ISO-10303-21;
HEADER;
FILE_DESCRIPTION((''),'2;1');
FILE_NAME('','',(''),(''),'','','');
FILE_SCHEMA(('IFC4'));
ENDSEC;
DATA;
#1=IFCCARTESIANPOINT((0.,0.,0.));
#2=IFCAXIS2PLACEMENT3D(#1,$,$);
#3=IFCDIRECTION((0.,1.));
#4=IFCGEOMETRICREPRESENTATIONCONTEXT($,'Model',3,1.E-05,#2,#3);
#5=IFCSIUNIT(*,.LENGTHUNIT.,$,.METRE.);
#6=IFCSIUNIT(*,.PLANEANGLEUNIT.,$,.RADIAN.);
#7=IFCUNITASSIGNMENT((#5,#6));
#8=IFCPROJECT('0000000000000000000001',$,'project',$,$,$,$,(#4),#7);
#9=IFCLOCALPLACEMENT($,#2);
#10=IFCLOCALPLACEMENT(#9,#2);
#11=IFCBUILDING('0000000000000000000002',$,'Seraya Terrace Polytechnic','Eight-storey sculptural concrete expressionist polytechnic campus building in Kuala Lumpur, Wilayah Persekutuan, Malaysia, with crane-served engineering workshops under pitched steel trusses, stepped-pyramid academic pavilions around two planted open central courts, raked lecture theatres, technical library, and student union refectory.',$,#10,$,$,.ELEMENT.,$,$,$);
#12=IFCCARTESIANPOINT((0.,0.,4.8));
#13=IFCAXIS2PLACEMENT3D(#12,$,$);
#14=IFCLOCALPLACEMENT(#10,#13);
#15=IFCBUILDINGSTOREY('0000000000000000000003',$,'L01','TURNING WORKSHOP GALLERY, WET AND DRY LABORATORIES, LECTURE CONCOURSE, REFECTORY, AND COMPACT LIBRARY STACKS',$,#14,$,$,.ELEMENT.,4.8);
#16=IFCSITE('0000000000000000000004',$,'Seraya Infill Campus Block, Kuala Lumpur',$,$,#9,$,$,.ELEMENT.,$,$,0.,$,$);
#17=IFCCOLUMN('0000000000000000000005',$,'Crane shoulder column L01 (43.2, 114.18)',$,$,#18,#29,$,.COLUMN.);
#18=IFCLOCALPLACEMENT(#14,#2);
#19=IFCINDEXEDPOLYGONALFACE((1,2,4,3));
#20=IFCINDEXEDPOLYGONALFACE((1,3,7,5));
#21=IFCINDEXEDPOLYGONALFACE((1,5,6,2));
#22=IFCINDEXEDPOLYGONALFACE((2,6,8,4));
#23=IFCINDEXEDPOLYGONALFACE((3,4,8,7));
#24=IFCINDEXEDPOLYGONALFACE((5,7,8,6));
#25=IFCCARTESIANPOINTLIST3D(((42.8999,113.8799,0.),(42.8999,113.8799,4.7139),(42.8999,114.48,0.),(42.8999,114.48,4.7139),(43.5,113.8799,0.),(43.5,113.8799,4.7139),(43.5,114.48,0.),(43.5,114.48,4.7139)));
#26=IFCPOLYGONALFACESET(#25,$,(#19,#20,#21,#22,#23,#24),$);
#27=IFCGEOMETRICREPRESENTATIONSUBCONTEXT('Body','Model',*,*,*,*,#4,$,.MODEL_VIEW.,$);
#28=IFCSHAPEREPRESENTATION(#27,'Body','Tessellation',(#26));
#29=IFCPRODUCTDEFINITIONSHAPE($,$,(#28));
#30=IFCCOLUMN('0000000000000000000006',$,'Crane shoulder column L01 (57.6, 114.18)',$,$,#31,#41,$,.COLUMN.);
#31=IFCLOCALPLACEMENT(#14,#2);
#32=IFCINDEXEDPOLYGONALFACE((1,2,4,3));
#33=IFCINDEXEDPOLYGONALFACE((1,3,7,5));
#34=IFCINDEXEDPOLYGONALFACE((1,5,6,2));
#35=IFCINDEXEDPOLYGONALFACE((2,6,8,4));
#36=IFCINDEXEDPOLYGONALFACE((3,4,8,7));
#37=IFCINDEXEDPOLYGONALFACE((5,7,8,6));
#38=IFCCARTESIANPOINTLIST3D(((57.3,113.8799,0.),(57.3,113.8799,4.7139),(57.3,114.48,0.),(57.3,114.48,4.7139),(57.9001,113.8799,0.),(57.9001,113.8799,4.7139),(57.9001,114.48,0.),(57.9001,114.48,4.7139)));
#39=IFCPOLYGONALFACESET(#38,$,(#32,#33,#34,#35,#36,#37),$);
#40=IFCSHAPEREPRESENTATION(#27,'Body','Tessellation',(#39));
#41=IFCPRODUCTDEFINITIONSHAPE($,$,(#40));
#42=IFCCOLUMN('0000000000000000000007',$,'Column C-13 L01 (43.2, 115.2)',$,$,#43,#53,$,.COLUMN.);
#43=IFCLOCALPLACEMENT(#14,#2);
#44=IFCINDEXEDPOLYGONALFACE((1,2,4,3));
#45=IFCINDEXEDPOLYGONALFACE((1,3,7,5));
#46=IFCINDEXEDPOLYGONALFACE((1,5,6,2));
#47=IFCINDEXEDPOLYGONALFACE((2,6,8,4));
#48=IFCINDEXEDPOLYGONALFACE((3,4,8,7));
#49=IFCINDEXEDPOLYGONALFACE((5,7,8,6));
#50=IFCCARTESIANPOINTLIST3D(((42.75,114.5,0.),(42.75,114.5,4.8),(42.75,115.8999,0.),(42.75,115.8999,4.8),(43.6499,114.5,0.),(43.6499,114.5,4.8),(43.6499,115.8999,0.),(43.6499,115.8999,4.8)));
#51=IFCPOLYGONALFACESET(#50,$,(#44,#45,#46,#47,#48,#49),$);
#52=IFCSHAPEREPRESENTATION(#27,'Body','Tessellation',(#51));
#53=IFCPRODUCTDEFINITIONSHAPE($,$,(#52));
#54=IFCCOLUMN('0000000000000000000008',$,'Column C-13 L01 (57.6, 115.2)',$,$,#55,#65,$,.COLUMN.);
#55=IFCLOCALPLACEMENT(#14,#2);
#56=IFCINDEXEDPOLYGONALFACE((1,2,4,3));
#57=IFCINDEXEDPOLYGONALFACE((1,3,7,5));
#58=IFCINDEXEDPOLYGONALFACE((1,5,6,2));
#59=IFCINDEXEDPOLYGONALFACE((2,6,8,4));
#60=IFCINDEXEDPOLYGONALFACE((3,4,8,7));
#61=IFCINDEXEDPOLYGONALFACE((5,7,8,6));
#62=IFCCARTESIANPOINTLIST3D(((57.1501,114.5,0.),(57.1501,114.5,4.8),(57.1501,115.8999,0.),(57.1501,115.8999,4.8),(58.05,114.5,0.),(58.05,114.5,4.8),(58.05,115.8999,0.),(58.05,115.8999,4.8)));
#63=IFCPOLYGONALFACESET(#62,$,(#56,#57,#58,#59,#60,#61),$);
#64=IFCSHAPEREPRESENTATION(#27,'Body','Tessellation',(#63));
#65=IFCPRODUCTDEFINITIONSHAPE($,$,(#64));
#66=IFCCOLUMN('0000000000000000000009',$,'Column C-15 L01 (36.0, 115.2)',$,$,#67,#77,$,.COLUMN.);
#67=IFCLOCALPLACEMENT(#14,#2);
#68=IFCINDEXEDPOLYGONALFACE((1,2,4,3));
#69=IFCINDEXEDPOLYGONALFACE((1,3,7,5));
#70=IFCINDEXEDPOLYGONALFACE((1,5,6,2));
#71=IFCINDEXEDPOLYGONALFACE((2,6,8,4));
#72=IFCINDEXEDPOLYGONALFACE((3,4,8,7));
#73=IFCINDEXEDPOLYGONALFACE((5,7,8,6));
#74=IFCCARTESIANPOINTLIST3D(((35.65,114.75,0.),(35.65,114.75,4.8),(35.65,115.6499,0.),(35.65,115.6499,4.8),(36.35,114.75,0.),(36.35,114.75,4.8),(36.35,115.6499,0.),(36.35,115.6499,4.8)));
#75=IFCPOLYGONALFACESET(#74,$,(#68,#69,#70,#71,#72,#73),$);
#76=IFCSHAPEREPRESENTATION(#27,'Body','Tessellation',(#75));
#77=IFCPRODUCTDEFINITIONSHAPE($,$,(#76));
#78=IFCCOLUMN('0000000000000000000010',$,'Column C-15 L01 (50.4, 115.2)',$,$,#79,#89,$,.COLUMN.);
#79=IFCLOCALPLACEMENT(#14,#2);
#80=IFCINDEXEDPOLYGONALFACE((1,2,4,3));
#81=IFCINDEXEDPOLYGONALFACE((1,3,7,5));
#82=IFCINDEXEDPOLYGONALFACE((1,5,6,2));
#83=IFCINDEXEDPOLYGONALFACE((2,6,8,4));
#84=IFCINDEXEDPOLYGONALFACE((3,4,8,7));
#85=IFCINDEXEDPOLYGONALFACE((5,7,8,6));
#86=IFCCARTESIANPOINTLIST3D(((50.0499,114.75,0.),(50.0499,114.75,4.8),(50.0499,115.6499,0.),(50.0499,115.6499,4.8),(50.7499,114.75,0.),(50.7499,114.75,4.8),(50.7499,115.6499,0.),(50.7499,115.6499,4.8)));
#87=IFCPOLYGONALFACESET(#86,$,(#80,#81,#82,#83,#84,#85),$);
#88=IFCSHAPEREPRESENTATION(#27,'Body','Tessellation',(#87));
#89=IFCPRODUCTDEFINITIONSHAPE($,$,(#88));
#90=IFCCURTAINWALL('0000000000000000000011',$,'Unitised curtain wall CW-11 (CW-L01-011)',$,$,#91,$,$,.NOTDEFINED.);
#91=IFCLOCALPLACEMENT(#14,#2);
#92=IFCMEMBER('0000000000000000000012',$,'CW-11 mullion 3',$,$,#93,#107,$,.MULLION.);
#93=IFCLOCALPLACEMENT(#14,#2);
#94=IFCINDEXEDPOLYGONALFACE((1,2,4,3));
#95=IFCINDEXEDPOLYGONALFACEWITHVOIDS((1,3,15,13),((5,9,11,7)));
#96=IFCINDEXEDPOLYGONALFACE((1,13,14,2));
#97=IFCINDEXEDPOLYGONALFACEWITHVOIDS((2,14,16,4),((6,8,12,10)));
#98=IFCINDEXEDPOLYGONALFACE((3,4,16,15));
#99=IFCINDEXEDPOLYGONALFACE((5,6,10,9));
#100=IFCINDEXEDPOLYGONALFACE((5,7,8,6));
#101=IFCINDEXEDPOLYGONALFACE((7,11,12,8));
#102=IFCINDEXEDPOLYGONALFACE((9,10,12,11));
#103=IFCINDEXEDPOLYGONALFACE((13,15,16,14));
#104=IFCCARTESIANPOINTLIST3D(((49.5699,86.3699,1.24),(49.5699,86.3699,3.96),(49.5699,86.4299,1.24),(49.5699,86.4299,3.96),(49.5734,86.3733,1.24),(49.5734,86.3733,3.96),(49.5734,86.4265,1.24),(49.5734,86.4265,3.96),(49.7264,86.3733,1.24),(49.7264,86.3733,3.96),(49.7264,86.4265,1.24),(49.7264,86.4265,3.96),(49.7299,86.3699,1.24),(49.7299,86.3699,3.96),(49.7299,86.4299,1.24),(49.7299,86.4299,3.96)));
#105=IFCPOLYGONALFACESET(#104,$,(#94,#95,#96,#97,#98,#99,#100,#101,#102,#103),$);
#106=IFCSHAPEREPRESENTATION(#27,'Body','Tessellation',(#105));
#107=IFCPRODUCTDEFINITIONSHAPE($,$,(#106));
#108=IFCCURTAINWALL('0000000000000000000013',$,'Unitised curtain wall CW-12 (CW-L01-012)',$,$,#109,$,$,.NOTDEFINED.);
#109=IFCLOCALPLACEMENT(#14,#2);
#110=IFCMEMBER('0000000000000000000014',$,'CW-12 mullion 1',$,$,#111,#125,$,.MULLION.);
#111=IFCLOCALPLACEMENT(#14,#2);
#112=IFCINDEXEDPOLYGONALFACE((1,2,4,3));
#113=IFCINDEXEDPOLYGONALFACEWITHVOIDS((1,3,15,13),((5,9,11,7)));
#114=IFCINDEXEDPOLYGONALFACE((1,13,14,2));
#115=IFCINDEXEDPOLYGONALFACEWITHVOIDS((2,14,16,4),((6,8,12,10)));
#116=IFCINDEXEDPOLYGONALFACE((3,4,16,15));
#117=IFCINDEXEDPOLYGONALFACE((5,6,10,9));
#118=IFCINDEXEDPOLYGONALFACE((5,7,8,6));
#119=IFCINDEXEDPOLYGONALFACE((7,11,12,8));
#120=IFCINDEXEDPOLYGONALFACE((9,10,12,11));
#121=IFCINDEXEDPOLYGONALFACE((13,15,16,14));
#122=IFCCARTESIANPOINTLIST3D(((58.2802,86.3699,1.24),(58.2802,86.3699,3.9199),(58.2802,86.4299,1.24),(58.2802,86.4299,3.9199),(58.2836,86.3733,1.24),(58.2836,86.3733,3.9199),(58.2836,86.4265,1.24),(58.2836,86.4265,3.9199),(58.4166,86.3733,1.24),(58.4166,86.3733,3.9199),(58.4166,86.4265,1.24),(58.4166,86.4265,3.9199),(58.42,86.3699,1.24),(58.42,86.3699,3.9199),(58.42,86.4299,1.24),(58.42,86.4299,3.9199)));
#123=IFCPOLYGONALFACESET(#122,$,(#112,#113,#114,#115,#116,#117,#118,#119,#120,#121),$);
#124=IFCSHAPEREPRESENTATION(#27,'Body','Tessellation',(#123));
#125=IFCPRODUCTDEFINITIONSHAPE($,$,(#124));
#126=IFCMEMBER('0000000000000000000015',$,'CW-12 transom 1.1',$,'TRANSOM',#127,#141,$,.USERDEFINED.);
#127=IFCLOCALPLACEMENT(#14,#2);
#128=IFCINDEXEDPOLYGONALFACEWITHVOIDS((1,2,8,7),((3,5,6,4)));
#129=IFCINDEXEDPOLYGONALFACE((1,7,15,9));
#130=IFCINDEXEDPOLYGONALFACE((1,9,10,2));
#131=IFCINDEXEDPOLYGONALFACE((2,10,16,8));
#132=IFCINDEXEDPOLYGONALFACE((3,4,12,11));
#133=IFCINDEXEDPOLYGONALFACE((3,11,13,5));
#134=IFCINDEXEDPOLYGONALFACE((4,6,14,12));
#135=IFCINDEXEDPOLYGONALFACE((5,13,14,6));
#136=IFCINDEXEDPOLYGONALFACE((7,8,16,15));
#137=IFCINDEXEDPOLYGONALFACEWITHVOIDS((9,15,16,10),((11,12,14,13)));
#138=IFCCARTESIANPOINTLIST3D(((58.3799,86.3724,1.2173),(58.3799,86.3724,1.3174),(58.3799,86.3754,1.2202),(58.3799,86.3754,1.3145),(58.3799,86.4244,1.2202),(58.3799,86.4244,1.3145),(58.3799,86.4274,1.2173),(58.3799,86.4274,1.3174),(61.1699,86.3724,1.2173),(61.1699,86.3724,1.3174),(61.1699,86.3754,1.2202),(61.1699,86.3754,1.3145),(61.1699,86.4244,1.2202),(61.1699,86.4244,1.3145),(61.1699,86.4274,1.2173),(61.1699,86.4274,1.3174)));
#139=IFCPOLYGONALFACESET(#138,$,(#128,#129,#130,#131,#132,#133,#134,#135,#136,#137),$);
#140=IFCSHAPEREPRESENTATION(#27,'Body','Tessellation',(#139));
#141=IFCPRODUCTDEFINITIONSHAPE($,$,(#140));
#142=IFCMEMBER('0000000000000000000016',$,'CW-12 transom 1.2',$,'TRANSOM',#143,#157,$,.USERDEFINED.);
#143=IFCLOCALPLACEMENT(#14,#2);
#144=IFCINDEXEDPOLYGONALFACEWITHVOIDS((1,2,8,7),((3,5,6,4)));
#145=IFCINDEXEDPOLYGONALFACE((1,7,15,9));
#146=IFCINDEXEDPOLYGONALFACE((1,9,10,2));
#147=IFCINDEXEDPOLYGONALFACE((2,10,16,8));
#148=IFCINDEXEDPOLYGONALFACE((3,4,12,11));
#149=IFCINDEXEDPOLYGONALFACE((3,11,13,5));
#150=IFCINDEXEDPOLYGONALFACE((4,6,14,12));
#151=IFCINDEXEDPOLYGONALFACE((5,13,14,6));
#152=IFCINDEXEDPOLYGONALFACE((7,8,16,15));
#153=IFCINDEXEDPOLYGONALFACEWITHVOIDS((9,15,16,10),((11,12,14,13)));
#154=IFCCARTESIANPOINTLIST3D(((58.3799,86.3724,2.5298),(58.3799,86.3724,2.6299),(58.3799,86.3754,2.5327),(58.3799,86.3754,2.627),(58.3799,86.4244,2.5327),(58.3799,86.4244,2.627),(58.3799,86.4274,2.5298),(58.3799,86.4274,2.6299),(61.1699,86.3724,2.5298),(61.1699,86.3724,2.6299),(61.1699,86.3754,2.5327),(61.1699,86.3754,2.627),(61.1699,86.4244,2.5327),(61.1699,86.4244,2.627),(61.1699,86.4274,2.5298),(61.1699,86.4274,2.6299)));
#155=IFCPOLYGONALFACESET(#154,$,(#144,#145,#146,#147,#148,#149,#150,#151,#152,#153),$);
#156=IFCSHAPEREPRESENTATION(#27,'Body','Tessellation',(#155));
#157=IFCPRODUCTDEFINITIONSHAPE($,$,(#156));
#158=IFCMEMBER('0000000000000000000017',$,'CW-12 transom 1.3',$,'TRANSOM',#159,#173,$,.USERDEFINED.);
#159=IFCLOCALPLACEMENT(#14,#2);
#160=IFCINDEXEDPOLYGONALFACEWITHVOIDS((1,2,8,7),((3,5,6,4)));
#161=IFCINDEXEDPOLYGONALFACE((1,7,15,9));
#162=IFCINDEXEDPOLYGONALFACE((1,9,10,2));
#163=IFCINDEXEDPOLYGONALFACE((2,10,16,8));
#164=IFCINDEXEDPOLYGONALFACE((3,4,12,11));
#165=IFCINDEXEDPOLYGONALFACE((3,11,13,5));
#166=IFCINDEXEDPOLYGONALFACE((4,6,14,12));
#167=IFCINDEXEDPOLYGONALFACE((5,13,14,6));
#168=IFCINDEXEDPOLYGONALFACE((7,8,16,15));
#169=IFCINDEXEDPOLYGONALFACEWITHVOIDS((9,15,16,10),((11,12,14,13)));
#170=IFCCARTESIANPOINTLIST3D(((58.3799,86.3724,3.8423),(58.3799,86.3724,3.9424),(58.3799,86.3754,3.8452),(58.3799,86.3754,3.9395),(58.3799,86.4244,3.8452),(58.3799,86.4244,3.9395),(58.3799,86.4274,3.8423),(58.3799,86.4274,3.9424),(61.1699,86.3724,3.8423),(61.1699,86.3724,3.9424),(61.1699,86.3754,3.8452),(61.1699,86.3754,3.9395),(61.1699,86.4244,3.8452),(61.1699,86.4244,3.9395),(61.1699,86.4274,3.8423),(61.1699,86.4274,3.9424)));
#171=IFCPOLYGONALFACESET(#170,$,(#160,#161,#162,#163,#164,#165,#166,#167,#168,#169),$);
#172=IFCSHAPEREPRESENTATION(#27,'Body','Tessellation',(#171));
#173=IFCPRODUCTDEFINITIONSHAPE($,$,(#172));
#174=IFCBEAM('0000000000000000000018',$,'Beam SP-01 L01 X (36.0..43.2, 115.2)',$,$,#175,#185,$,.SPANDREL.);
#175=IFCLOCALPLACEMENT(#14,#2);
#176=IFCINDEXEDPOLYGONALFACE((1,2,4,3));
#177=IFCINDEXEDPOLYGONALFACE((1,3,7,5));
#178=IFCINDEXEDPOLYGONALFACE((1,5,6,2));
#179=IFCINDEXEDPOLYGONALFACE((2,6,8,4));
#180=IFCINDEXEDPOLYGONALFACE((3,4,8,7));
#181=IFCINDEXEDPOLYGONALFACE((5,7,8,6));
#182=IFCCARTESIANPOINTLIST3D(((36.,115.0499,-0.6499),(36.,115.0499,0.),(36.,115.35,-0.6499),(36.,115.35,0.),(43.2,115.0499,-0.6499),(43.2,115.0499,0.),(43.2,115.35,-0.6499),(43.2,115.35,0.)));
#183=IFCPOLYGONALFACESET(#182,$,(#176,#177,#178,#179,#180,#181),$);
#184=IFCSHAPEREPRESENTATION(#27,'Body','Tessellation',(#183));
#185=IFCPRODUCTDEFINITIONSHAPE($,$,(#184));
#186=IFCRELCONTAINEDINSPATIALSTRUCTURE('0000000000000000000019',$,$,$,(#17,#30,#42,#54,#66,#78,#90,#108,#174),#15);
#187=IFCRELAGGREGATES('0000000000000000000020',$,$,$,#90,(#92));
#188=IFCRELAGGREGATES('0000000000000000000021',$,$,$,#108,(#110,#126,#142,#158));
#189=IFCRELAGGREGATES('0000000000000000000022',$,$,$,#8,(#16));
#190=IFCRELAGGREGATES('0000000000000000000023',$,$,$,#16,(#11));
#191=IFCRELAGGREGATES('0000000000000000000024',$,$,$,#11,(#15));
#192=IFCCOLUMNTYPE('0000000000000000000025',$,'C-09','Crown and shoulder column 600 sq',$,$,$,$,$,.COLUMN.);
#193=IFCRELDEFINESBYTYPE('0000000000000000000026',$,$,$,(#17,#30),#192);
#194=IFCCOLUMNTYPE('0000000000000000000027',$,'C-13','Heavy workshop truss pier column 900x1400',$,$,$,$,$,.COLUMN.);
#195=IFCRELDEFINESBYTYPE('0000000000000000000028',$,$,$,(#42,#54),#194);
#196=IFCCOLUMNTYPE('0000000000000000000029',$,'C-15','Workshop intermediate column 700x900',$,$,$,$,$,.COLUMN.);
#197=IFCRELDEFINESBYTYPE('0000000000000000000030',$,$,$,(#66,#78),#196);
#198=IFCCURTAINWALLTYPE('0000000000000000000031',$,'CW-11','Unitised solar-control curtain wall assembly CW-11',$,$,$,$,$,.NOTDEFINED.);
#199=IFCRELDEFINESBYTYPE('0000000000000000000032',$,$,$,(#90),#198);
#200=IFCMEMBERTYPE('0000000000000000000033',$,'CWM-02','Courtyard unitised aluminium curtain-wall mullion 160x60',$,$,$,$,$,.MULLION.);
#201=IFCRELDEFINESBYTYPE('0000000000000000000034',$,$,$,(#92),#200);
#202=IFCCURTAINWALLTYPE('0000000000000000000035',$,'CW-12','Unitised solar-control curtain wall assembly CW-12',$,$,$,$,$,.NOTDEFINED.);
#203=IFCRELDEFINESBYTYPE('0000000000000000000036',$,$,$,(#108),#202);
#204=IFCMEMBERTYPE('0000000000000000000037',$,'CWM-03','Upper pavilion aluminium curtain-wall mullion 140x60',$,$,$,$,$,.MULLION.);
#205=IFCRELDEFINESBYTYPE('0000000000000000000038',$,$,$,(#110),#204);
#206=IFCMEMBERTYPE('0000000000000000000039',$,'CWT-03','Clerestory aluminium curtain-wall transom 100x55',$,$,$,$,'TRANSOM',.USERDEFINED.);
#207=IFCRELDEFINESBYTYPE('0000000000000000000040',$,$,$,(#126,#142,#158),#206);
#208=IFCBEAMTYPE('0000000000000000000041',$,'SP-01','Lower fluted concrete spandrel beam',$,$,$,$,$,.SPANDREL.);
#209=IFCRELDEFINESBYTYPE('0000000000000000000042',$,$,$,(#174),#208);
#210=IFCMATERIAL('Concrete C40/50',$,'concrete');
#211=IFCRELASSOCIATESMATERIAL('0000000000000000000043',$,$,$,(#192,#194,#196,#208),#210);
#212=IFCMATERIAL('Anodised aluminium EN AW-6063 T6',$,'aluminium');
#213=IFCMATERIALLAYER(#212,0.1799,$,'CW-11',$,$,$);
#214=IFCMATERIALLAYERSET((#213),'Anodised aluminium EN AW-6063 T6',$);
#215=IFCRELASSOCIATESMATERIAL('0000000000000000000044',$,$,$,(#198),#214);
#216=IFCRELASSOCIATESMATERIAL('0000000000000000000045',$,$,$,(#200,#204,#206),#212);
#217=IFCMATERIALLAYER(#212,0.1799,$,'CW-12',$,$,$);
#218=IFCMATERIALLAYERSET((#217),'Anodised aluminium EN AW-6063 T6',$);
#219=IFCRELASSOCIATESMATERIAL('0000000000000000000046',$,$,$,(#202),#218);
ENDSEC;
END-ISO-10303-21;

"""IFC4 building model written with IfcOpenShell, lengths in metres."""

from ifc_helpers import new_model, si_unit, direction, frame, origin, origin_2d, place, context, subcontext, project, spatial, rectangle, hollow_rectangle, extrude, material, layer, layer_set, material_profile, profile_set, type_object, element, aggregate, save


model = new_model("IFC4")

# Units and contexts
model_context = context("Model", 3, precision=1e-05, world=origin(), true_north=direction((0.0, 1.0)))
body_context = subcontext(model_context, "Body", "Model", "MODEL_VIEW")
ifc_project = project(units=[si_unit("LENGTHUNIT", "METRE"), si_unit("PLANEANGLEUNIT", "RADIAN")], contexts=[model_context])

# Site, building, storey
site_placement = place(None, origin())
site = spatial("IfcSite", under=ifc_project, at=site_placement, Name="Seraya Infill Campus Block, Kuala Lumpur", CompositionType="ELEMENT", RefElevation=0.0)
building_placement = place(site_placement, origin())
building = spatial("IfcBuilding", under=site, at=building_placement, Name="Seraya Terrace Polytechnic", Description="Eight-storey sculptural concrete expressionist polytechnic campus building in Kuala Lumpur, Wilayah Persekutuan, Malaysia, with crane-served engineering workshops under pitched steel trusses, stepped-pyramid academic pavilions around two planted open central courts, raked lecture theatres, technical library, and student union refectory.", CompositionType="ELEMENT")
storey_placement = place(building_placement, frame((0.0, 0.0, 4.8)))
storey = spatial("IfcBuildingStorey", under=building, at=storey_placement, Name="L01", Description="TURNING WORKSHOP GALLERY, WET AND DRY LABORATORIES, LECTURE CONCOURSE, REFECTORY, AND COMPACT LIBRARY STACKS", CompositionType="ELEMENT", Elevation=4.8)

# Columns
ifc_material_1 = material(Name="Concrete C40/50", Category="concrete")
ifc_material_profile_1 = material_profile(ifc_material_1, rectangle(XDim=0.6001, YDim=0.6001, at=origin_2d()), Name="RC 600x600")
ifc_profile_set_1 = profile_set([ifc_material_profile_1], Name="Concrete C40/50")
column_type_1 = type_object("IfcColumnType", Name="C-09", Description="Crown and shoulder column 600 sq", PredefinedType="COLUMN", material=ifc_profile_set_1)
for number, where, z_axis, x_axis, name in (
    (1, (43.2, 114.1799, 0.0), (0.0, 0.0, 1.0), (1.0, 0.0, 0.0), "Crane shoulder column L01 (43.2, 114.18)"),
    (2, (57.6001, 114.1799, 0.0), (0.0, 0.0, 1.0), (1.0, 0.0, 0.0), "Crane shoulder column L01 (57.6, 114.18)"),
):
    element("IfcColumn", number, at=place(storey_placement, frame(where, z_axis=z_axis, x_axis=x_axis)), inside=storey, type_object=column_type_1, Name=name, PredefinedType="COLUMN", context=body_context, shape_type="SweptSolid", body=[
        extrude(rectangle(XDim=0.6001, YDim=0.6001, at=origin_2d()), origin(), (0.0, 0.0, 1.0), 4.7139),
    ])
ifc_material_profile_2 = material_profile(ifc_material_1, rectangle(XDim=0.8999, YDim=1.3999, at=origin_2d()), Name="RC 900x1400")
ifc_profile_set_2 = profile_set([ifc_material_profile_2], Name="Concrete C40/50")
column_type_2 = type_object("IfcColumnType", Name="C-13", Description="Heavy workshop truss pier column 900x1400", PredefinedType="COLUMN", material=ifc_profile_set_2)
for number, where, z_axis, x_axis, name in (
    (3, (43.2, 115.2, 0.0), (0.0, 0.0, 1.0), (1.0, 0.0, 0.0), "Column C-13 L01 (43.2, 115.2)"),
    (4, (57.6001, 115.2, 0.0), (0.0, 0.0, 1.0), (1.0, 0.0, 0.0), "Column C-13 L01 (57.6, 115.2)"),
):
    element("IfcColumn", number, at=place(storey_placement, frame(where, z_axis=z_axis, x_axis=x_axis)), inside=storey, type_object=column_type_2, Name=name, PredefinedType="COLUMN", context=body_context, shape_type="SweptSolid", body=[
        extrude(rectangle(XDim=0.8999, YDim=1.3999, at=origin_2d()), origin(), (0.0, 0.0, 1.0), 4.8),
    ])
ifc_material_profile_3 = material_profile(ifc_material_1, rectangle(XDim=0.7, YDim=0.8999, at=origin_2d()), Name="RC 700x900")
ifc_profile_set_3 = profile_set([ifc_material_profile_3], Name="Concrete C40/50")
column_type_3 = type_object("IfcColumnType", Name="C-15", Description="Workshop intermediate column 700x900", PredefinedType="COLUMN", material=ifc_profile_set_3)
for number, where, z_axis, x_axis, name in (
    (5, (36.0, 115.2, 0.0), (0.0, 0.0, 1.0), (1.0, 0.0, 0.0), "Column C-15 L01 (36.0, 115.2)"),
    (6, (50.3999, 115.2, 0.0), (0.0, 0.0, 1.0), (1.0, 0.0, 0.0), "Column C-15 L01 (50.4, 115.2)"),
):
    element("IfcColumn", number, at=place(storey_placement, frame(where, z_axis=z_axis, x_axis=x_axis)), inside=storey, type_object=column_type_3, Name=name, PredefinedType="COLUMN", context=body_context, shape_type="SweptSolid", body=[
        extrude(rectangle(XDim=0.7, YDim=0.8999, at=origin_2d()), origin(), (0.0, 0.0, 1.0), 4.8),
    ])

# Curtain wall, member
ifc_material_2 = material(Name="Anodised aluminium EN AW-6063 T6", Category="aluminium")
ifc_layer_1 = layer(ifc_material_2, 0.1799, Name="CW-11")
ifc_layer_set_1 = layer_set([ifc_layer_1], Name="Anodised aluminium EN AW-6063 T6")
curtain_wall_type_1 = type_object("IfcCurtainWallType", Name="CW-11", Description="Unitised solar-control curtain wall assembly CW-11", PredefinedType="NOTDEFINED", material=ifc_layer_set_1)
curtain_wall_1_placement = place(storey_placement, origin())
curtain_wall_1 = element("IfcCurtainWall", 7, at=curtain_wall_1_placement, inside=storey, type_object=curtain_wall_type_1, Name="Unitised curtain wall CW-11 (CW-L01-011)", PredefinedType="NOTDEFINED")
ifc_material_profile_4 = material_profile(ifc_material_2, hollow_rectangle(XDim=0.0601, YDim=0.1599, WallThickness=0.0034, at=origin_2d()), Name="RHS 160x60x3.5")
ifc_profile_set_4 = profile_set([ifc_material_profile_4], Name="Anodised aluminium EN AW-6063 T6")
member_type_1 = type_object("IfcMemberType", Name="CWM-02", Description="Courtyard unitised aluminium curtain-wall mullion 160x60", PredefinedType="MULLION", material=ifc_profile_set_4)
member_1_placement = place(storey_placement, frame((49.6499, 86.3999, 1.24), z_axis=(0.0, 0.0, 1.0), x_axis=(0.0, 1.0, 0.0)))
member_1 = element("IfcMember", 8, at=member_1_placement, type_object=member_type_1, Name="CW-11 mullion 3", PredefinedType="MULLION", context=body_context, shape_type="SweptSolid", body=[
    extrude(hollow_rectangle(XDim=0.0601, YDim=0.1599, WallThickness=0.0034, at=origin_2d()), origin(), (0.0, 0.0, 1.0), 2.72),
])
aggregate(curtain_wall_1, [member_1])

# Curtain wall, members
ifc_layer_2 = layer(ifc_material_2, 0.1799, Name="CW-12")
ifc_layer_set_2 = layer_set([ifc_layer_2], Name="Anodised aluminium EN AW-6063 T6")
curtain_wall_type_2 = type_object("IfcCurtainWallType", Name="CW-12", Description="Unitised solar-control curtain wall assembly CW-12", PredefinedType="NOTDEFINED", material=ifc_layer_set_2)
curtain_wall_2_placement = place(storey_placement, origin())
curtain_wall_2 = element("IfcCurtainWall", 9, at=curtain_wall_2_placement, inside=storey, type_object=curtain_wall_type_2, Name="Unitised curtain wall CW-12 (CW-L01-012)", PredefinedType="NOTDEFINED")
ifc_material_profile_5 = material_profile(ifc_material_2, hollow_rectangle(XDim=0.0601, YDim=0.1399, WallThickness=0.0034, at=origin_2d()), Name="RHS 140x60x3.5")
ifc_profile_set_5 = profile_set([ifc_material_profile_5], Name="Anodised aluminium EN AW-6063 T6")
member_type_2 = type_object("IfcMemberType", Name="CWM-03", Description="Upper pavilion aluminium curtain-wall mullion 140x60", PredefinedType="MULLION", material=ifc_profile_set_5)
member_2_placement = place(storey_placement, frame((58.3501, 86.3999, 1.24), z_axis=(0.0, 0.0, 1.0), x_axis=(0.0, 1.0, 0.0)))
member_2 = element("IfcMember", 10, at=member_2_placement, type_object=member_type_2, Name="CW-12 mullion 1", PredefinedType="MULLION", context=body_context, shape_type="SweptSolid", body=[
    extrude(hollow_rectangle(XDim=0.0601, YDim=0.1399, WallThickness=0.0034, at=origin_2d()), origin(), (0.0, 0.0, 1.0), 2.6799),
])
ifc_material_profile_6 = material_profile(ifc_material_2, hollow_rectangle(XDim=0.0549, YDim=0.1001, WallThickness=0.0029, at=origin_2d()), Name="RHS 100x55x3.0")
ifc_profile_set_6 = profile_set([ifc_material_profile_6], Name="Anodised aluminium EN AW-6063 T6")
member_type_3 = type_object("IfcMemberType", Name="CWT-03", Description="Clerestory aluminium curtain-wall transom 100x55", ElementType="TRANSOM", PredefinedType="USERDEFINED", material=ifc_profile_set_6)
member_3_placement = place(storey_placement, frame((58.3799, 86.3999, 1.2673), z_axis=(1.0, 0.0, 0.0), x_axis=(0.0, 1.0, 0.0)))
member_3 = element("IfcMember", 11, at=member_3_placement, type_object=member_type_3, Name="CW-12 transom 1.1", ObjectType="TRANSOM", PredefinedType="USERDEFINED", context=body_context, shape_type="SweptSolid", body=[
    extrude(hollow_rectangle(XDim=0.0549, YDim=0.1001, WallThickness=0.0029, at=origin_2d()), origin(), (0.0, 0.0, 1.0), 2.79),
])
member_4_placement = place(storey_placement, frame((58.3799, 86.3999, 2.5798), z_axis=(1.0, 0.0, 0.0), x_axis=(0.0, 1.0, 0.0)))
member_4 = element("IfcMember", 12, at=member_4_placement, type_object=member_type_3, Name="CW-12 transom 1.2", ObjectType="TRANSOM", PredefinedType="USERDEFINED", context=body_context, shape_type="SweptSolid", body=[
    extrude(hollow_rectangle(XDim=0.0549, YDim=0.1001, WallThickness=0.0029, at=origin_2d()), origin(), (0.0, 0.0, 1.0), 2.79),
])
member_5_placement = place(storey_placement, frame((58.3799, 86.3999, 3.8923), z_axis=(1.0, 0.0, 0.0), x_axis=(0.0, 1.0, 0.0)))
member_5 = element("IfcMember", 13, at=member_5_placement, type_object=member_type_3, Name="CW-12 transom 1.3", ObjectType="TRANSOM", PredefinedType="USERDEFINED", context=body_context, shape_type="SweptSolid", body=[
    extrude(hollow_rectangle(XDim=0.0549, YDim=0.1001, WallThickness=0.0029, at=origin_2d()), origin(), (0.0, 0.0, 1.0), 2.79),
])

# Beam
ifc_material_profile_7 = material_profile(ifc_material_1, rectangle(XDim=0.3, YDim=0.6499, at=origin_2d()), Name="RC 300x650")
ifc_profile_set_7 = profile_set([ifc_material_profile_7], Name="Concrete C40/50")
beam_type = type_object("IfcBeamType", Name="SP-01", Description="Lower fluted concrete spandrel beam", PredefinedType="SPANDREL", material=ifc_profile_set_7)
for number, where, z_axis, x_axis, name in (
    (14, (36.0, 115.2, -0.325), (1.0, 0.0, 0.0), (0.0, 1.0, 0.0), "Beam SP-01 L01 X (36.0..43.2, 115.2)"),
):
    element("IfcBeam", number, at=place(storey_placement, frame(where, z_axis=z_axis, x_axis=x_axis)), inside=storey, type_object=beam_type, Name=name, PredefinedType="SPANDREL", context=body_context, shape_type="SweptSolid", body=[
        extrude(rectangle(XDim=0.3, YDim=0.6499, at=origin_2d()), origin(), (0.0, 0.0, 1.0), 7.2),
    ])

aggregate(curtain_wall_2, [member_2, member_3, member_4, member_5])

save(model, "model.ifc")
